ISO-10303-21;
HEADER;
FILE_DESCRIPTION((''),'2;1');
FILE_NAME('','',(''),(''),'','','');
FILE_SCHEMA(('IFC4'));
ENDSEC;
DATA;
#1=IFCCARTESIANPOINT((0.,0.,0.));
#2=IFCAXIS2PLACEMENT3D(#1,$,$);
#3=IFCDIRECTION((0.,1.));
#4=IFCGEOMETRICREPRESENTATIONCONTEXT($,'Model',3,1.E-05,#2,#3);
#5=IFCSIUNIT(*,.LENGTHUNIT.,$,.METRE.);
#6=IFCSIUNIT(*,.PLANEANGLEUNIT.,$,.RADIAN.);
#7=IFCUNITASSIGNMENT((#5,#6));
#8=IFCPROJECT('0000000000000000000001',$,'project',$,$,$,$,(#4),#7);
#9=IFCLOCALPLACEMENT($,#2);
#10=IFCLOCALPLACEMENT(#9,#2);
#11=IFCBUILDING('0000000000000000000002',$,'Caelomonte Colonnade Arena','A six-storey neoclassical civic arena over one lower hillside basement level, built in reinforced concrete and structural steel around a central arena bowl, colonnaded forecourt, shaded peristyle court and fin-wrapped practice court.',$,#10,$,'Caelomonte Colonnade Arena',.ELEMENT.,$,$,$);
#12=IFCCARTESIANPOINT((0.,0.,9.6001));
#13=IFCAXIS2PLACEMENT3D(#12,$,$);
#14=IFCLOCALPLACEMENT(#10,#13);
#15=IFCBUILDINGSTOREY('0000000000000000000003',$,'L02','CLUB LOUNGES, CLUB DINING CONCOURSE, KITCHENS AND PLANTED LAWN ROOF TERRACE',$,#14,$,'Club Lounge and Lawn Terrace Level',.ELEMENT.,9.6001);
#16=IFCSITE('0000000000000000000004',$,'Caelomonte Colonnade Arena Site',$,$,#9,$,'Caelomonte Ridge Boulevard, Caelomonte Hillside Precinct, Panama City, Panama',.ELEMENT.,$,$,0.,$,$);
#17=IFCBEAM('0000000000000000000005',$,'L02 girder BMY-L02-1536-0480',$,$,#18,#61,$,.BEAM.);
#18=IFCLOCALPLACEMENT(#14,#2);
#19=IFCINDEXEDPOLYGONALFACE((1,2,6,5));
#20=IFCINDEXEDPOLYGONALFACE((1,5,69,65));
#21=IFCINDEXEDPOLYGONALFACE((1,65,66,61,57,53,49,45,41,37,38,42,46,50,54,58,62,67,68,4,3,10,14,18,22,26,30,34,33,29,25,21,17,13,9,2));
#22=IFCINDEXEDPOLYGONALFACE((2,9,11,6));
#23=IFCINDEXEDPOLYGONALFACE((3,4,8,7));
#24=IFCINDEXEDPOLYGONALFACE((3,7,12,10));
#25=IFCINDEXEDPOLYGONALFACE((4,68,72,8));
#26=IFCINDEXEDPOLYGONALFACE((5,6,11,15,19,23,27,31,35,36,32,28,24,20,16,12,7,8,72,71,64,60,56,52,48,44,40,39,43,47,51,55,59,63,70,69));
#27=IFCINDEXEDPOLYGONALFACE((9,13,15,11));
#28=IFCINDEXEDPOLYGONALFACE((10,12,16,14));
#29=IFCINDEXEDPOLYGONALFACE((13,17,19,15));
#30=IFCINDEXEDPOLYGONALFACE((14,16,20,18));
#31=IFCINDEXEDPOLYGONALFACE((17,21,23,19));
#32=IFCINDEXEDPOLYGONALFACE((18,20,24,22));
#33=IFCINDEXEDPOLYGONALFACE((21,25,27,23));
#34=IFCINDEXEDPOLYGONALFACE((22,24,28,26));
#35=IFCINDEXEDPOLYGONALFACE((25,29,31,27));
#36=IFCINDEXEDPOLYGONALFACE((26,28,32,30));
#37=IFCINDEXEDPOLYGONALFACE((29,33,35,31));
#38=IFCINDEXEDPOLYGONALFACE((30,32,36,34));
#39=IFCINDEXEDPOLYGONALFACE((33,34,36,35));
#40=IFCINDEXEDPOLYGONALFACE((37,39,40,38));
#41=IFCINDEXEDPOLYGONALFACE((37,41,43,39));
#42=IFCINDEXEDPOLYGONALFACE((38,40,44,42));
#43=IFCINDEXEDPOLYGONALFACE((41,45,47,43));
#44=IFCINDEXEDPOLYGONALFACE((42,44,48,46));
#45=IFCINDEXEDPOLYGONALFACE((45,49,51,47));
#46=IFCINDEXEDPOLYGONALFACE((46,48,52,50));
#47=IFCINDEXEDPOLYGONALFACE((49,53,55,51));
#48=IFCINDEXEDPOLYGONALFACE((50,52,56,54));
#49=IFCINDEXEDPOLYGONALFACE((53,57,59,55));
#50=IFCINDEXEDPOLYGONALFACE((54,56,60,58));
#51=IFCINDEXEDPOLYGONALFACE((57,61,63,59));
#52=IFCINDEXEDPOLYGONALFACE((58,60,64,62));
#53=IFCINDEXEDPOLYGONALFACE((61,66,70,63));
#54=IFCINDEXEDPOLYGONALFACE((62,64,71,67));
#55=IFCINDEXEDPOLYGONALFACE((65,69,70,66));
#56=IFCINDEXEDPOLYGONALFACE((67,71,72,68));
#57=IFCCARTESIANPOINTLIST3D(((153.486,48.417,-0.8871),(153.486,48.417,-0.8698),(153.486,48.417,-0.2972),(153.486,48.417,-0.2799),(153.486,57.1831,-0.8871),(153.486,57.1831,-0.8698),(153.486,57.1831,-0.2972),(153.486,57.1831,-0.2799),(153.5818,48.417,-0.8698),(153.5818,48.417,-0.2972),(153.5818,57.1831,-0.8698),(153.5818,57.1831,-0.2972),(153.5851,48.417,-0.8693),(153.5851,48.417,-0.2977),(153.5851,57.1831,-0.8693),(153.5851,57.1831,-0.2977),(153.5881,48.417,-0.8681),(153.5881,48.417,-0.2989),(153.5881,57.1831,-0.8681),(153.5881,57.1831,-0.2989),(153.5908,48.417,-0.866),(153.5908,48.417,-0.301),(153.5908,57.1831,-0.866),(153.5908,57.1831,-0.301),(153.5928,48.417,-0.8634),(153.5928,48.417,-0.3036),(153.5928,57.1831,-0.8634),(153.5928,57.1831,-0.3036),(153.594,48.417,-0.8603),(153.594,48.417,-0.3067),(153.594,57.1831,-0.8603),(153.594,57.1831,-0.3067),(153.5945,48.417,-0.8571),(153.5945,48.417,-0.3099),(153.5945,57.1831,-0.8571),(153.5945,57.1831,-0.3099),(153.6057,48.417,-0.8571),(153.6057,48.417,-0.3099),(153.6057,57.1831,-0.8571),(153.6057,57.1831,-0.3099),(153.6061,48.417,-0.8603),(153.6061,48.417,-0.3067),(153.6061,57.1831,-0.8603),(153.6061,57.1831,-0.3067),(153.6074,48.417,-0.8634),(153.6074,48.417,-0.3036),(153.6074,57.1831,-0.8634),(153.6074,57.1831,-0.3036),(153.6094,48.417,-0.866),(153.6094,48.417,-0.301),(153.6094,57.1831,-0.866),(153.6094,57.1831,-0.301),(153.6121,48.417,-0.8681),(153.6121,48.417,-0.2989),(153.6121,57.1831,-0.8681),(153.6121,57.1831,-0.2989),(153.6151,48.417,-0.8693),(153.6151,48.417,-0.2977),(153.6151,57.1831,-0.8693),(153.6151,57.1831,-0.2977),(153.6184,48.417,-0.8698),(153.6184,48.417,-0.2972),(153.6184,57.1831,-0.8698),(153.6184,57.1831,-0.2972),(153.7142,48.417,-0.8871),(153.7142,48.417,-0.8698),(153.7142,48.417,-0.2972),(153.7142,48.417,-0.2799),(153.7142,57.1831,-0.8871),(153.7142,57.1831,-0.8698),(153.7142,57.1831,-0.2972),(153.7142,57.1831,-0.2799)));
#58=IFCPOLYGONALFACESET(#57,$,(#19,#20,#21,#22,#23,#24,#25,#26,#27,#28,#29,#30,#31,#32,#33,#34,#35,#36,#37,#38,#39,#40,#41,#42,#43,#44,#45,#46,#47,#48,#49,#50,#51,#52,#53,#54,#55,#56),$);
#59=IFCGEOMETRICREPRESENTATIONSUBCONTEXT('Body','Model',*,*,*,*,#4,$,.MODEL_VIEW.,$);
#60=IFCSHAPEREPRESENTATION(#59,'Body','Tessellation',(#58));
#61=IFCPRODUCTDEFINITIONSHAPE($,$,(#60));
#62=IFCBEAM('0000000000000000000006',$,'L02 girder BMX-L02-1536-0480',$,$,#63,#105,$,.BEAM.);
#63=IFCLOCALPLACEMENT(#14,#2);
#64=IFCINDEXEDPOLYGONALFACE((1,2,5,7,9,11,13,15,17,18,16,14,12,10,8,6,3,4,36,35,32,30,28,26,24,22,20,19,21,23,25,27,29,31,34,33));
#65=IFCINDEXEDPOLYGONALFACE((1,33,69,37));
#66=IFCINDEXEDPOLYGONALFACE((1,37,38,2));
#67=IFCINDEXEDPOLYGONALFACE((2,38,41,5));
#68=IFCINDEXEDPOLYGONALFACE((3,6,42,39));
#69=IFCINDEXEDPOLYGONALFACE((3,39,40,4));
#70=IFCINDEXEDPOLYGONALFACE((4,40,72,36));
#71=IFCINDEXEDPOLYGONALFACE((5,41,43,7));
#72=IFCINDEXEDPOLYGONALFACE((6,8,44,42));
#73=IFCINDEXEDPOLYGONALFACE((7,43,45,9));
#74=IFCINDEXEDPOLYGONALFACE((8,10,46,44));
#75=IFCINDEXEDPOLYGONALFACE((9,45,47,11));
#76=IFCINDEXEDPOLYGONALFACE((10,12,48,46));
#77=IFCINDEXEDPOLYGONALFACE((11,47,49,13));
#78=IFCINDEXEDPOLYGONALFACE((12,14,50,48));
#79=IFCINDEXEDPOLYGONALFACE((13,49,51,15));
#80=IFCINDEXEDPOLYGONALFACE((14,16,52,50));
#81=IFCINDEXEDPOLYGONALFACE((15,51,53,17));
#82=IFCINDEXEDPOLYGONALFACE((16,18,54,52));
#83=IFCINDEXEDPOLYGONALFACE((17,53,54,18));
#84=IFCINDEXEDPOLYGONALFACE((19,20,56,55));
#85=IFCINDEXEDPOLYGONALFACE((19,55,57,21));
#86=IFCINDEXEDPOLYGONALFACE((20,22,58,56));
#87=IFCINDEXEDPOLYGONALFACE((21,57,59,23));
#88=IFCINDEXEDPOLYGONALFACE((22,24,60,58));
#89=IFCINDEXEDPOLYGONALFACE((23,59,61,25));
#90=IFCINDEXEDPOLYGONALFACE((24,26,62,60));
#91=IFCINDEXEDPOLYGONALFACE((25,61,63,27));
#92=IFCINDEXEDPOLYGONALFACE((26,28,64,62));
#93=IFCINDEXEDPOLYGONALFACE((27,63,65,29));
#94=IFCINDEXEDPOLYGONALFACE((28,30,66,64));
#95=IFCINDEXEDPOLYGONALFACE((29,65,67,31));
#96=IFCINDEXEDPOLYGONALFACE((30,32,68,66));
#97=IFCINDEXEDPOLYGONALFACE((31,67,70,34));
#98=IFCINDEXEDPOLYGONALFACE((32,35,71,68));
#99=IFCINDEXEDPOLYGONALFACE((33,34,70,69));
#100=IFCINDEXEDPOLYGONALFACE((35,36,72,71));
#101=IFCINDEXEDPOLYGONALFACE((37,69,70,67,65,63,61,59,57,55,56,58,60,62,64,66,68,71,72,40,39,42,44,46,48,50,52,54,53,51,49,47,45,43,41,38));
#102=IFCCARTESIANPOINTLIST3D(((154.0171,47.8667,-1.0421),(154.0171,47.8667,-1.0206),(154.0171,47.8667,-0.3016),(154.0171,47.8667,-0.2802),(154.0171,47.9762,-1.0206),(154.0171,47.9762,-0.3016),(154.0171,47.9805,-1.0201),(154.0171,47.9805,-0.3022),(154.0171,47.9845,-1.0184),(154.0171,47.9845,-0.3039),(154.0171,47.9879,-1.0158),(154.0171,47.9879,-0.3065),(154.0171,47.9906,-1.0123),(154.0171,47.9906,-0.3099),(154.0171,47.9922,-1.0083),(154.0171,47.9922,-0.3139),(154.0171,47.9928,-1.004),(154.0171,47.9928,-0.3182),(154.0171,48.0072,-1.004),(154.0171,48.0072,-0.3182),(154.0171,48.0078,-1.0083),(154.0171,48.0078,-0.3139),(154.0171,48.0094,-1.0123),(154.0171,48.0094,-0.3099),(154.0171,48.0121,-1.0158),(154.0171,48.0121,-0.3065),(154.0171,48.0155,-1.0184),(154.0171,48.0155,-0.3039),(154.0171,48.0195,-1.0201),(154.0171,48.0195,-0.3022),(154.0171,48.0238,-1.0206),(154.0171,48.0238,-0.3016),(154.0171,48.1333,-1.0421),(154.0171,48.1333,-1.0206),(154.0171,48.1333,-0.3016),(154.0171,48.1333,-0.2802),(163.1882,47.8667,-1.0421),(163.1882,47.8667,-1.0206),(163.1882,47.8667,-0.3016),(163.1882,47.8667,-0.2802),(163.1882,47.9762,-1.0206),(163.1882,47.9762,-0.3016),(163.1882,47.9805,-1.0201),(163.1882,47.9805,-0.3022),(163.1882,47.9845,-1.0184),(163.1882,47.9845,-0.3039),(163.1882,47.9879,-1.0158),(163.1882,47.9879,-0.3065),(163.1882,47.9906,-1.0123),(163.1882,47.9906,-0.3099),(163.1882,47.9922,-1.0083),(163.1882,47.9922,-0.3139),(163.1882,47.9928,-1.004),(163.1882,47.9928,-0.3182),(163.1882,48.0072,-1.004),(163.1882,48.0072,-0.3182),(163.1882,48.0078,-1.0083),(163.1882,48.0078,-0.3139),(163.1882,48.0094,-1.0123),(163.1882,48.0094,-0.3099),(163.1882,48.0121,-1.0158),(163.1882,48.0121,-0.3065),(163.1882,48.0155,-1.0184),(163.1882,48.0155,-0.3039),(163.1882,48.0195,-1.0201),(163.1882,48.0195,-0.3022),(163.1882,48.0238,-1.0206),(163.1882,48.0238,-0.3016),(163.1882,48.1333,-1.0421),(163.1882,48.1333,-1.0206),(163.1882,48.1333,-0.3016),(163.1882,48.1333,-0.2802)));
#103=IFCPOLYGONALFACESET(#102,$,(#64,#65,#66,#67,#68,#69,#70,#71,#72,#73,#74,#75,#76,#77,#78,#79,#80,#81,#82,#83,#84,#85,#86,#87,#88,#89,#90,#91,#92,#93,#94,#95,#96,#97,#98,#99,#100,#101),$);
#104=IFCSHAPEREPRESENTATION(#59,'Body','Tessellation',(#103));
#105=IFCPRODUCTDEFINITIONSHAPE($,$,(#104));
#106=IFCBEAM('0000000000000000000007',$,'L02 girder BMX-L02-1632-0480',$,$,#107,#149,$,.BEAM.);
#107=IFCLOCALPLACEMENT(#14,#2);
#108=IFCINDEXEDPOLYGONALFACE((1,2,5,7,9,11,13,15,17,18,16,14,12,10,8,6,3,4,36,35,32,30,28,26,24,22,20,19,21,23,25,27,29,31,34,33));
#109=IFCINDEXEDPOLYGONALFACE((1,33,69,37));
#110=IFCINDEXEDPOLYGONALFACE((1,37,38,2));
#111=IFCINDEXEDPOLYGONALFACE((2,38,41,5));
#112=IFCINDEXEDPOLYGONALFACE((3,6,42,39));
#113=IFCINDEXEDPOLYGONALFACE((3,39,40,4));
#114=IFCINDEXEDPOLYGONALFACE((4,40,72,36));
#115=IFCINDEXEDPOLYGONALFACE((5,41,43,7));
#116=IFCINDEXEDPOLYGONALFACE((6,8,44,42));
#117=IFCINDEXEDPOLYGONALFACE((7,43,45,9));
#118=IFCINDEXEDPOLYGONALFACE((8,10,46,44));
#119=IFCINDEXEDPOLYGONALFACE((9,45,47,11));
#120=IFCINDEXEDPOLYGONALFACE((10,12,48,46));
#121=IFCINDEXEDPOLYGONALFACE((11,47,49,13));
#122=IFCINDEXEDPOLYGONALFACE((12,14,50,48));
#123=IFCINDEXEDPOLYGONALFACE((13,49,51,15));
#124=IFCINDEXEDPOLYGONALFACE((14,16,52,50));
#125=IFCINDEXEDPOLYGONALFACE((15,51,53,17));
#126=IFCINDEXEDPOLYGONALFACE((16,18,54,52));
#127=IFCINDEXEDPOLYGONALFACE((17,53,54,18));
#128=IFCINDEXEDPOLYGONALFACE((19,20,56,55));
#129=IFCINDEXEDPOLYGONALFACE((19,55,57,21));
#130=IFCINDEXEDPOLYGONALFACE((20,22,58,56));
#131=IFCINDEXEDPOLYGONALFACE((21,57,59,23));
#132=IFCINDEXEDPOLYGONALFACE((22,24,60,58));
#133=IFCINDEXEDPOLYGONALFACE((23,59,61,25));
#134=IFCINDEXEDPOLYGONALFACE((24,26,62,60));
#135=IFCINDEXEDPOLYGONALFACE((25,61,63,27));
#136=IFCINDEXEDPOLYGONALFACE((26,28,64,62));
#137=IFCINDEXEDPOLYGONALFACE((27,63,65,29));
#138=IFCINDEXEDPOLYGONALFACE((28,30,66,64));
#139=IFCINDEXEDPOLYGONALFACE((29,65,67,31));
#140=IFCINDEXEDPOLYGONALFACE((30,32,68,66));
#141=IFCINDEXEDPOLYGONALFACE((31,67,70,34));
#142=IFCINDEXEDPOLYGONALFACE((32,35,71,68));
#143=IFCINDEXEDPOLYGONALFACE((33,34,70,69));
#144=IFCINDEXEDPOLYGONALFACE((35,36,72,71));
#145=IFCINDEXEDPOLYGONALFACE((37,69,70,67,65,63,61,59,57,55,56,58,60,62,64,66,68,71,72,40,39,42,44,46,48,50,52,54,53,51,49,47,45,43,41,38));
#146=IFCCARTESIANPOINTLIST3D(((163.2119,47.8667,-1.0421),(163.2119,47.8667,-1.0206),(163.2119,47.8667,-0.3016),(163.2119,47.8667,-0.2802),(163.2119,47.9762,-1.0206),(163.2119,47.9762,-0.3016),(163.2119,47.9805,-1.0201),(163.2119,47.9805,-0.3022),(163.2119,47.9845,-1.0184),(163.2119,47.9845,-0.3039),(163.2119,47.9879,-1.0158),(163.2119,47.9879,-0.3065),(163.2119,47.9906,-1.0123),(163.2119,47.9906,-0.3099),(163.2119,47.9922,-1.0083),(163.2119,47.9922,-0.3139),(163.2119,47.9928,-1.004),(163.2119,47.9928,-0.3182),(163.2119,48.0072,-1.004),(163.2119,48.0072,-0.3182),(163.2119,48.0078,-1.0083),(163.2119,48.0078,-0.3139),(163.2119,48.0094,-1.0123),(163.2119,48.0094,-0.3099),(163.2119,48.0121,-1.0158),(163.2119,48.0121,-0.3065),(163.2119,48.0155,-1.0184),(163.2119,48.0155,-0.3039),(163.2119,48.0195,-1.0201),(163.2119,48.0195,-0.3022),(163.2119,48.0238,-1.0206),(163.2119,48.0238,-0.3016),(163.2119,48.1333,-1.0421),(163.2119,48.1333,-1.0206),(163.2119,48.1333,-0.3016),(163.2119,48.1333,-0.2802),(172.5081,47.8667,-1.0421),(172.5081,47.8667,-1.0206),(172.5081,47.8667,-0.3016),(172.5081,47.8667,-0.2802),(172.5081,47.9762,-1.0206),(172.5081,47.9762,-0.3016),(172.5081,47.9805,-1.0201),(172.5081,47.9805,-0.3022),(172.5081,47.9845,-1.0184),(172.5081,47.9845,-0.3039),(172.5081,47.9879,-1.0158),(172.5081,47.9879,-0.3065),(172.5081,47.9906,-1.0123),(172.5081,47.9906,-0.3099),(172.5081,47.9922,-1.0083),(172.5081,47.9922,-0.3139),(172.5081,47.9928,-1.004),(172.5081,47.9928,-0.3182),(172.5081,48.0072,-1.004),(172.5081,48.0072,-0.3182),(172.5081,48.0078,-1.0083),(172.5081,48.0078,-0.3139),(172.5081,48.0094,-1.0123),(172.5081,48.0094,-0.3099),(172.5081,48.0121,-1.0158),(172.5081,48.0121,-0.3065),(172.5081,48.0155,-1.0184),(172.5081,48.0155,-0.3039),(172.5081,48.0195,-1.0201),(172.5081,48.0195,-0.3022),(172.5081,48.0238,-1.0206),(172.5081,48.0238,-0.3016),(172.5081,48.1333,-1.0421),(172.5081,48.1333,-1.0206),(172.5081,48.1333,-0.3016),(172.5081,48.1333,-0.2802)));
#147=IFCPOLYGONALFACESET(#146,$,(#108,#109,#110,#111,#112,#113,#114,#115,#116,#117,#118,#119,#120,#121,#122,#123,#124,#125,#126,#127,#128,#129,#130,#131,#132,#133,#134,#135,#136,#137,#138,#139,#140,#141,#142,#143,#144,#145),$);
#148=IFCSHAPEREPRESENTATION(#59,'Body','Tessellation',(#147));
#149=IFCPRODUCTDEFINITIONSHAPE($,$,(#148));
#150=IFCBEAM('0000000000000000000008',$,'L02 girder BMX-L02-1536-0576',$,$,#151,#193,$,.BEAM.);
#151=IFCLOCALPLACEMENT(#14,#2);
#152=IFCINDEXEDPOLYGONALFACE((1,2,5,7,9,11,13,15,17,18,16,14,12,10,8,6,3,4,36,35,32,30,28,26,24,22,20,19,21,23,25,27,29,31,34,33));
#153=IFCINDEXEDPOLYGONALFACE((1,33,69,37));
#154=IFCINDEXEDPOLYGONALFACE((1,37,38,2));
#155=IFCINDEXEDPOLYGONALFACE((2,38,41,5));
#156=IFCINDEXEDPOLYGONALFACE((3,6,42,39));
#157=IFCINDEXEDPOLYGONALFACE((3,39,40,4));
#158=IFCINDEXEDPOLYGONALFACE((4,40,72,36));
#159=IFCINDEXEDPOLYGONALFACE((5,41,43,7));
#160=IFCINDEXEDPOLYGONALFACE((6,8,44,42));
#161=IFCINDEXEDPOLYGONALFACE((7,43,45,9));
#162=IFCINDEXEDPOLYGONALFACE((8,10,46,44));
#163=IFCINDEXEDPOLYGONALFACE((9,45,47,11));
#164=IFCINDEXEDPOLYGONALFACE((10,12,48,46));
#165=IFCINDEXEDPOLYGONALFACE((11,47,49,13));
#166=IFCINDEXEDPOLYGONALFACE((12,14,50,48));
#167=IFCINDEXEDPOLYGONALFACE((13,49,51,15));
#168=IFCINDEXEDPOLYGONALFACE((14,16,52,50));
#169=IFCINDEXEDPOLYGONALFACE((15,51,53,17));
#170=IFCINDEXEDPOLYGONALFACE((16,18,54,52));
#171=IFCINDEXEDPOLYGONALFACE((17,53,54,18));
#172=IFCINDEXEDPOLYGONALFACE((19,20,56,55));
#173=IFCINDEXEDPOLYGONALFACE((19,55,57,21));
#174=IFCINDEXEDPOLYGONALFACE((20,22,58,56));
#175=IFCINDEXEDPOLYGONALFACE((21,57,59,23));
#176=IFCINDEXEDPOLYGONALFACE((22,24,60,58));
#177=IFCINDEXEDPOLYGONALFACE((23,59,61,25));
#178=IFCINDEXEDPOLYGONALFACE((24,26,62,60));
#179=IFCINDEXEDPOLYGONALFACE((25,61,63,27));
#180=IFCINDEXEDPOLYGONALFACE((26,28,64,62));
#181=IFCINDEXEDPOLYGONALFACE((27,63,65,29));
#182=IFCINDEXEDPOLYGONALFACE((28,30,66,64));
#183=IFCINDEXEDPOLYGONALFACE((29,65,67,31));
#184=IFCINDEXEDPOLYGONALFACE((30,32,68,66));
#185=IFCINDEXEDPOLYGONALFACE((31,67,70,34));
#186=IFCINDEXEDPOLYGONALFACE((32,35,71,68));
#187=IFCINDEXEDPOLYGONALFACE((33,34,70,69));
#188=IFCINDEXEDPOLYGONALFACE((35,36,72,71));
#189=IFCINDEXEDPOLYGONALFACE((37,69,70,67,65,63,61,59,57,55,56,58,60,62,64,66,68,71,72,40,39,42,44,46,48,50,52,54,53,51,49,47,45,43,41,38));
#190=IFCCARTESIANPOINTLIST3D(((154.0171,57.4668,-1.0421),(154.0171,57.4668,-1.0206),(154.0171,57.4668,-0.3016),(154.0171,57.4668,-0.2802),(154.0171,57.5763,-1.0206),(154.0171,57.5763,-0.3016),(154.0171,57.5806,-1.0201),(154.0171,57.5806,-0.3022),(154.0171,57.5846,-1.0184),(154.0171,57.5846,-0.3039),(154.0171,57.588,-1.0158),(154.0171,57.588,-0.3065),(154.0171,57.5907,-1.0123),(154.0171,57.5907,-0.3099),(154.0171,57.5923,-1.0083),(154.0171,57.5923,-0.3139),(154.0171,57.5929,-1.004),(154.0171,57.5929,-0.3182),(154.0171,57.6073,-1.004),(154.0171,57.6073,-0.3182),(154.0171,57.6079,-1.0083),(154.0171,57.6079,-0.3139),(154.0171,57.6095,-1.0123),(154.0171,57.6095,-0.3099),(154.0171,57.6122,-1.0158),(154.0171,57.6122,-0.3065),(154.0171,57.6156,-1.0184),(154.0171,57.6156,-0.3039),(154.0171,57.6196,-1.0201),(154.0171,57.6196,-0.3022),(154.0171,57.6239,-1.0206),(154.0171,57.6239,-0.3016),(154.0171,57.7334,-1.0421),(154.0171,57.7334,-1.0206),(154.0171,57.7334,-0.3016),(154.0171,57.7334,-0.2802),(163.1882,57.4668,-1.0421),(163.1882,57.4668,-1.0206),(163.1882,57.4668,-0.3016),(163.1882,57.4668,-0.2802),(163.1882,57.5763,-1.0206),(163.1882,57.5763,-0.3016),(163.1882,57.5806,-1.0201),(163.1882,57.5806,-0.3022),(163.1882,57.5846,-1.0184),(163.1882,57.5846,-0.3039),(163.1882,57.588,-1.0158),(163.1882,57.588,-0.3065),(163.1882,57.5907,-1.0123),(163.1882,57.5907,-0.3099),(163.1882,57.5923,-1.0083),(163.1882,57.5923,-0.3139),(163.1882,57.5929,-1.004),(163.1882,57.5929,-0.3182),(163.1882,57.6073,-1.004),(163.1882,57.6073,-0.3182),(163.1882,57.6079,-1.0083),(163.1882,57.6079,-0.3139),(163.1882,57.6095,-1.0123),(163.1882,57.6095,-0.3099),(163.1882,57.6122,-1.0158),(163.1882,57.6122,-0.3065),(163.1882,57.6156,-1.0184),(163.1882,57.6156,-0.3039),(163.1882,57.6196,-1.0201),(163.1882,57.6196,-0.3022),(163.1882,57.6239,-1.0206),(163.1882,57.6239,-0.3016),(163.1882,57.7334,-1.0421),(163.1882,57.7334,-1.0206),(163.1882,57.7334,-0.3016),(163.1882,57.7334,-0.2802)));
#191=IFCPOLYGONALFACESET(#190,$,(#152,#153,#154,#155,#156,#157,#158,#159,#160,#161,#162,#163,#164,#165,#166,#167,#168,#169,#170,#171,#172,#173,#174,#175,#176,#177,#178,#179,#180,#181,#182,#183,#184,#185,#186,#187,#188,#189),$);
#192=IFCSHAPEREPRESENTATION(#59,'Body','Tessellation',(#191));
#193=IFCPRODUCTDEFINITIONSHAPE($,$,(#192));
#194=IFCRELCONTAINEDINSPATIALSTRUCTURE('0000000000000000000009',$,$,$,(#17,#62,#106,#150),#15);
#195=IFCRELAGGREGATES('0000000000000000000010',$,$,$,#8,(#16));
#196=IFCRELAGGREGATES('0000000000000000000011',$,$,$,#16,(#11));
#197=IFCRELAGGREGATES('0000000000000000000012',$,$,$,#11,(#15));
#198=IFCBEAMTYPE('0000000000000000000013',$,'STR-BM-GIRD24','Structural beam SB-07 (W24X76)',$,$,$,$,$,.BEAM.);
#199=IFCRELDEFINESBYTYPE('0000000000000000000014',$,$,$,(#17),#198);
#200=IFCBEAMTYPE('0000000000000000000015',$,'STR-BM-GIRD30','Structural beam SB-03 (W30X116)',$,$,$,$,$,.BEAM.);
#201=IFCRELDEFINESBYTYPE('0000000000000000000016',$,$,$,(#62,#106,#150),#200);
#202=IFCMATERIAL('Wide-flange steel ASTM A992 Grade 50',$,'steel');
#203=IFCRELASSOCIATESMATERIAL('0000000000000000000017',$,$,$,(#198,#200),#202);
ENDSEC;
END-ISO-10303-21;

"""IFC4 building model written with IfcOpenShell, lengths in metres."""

from ifc_helpers import new_model, si_unit, direction, frame, origin, origin_2d, place, context, subcontext, project, spatial, i_section, extrude, material, material_profile, profile_set, type_object, element, save


model = new_model("IFC4")

# Units and contexts
model_context = context("Model", 3, precision=1e-05, world=origin(), true_north=direction((0.0, 1.0)))
body_context = subcontext(model_context, "Body", "Model", "MODEL_VIEW")
ifc_project = project(units=[si_unit("LENGTHUNIT", "METRE"), si_unit("PLANEANGLEUNIT", "RADIAN")], contexts=[model_context])

# Site, building, storey
site_placement = place(None, origin())
site = spatial("IfcSite", under=ifc_project, at=site_placement, Name="Caelomonte Colonnade Arena Site", LongName="Caelomonte Ridge Boulevard, Caelomonte Hillside Precinct, Panama City, Panama", CompositionType="ELEMENT", RefElevation=0.0)
building_placement = place(site_placement, origin())
building = spatial("IfcBuilding", under=site, at=building_placement, Name="Caelomonte Colonnade Arena", Description="A six-storey neoclassical civic arena over one lower hillside basement level, built in reinforced concrete and structural steel around a central arena bowl, colonnaded forecourt, shaded peristyle court and fin-wrapped practice court.", LongName="Caelomonte Colonnade Arena", CompositionType="ELEMENT")
storey_placement = place(building_placement, frame((0.0, 0.0, 9.6001)))
storey = spatial("IfcBuildingStorey", under=building, at=storey_placement, Name="L02", Description="CLUB LOUNGES, CLUB DINING CONCOURSE, KITCHENS AND PLANTED LAWN ROOF TERRACE", LongName="Club Lounge and Lawn Terrace Level", CompositionType="ELEMENT", Elevation=9.6001)

# Shared definitions
ifc_material_1 = material(Name="Wide-flange steel ASTM A992 Grade 50", Category="steel")

# Beams
ifc_material_profile_1 = material_profile(ifc_material_1, i_section(OverallWidth=0.2283, OverallDepth=0.6072, WebThickness=0.0112, FlangeThickness=0.0173, FilletRadius=0.0127, at=origin_2d()), Name="W24X76")
ifc_profile_set_1 = profile_set([ifc_material_profile_1], Name="Wide-flange steel ASTM A992 Grade 50")
beam_type_1 = type_object("IfcBeamType", Name="STR-BM-GIRD24", Description="Structural beam SB-07 (W24X76)", PredefinedType="BEAM", material=ifc_profile_set_1)
beam_1_placement = place(storey_placement, frame((153.6001, 48.417, -0.5835), z_axis=(0.0, 1.0, 0.0), x_axis=(-1.0, 0.0, 0.0)))
element("IfcBeam", 1, at=beam_1_placement, inside=storey, type_object=beam_type_1, Name="L02 girder BMY-L02-1536-0480", PredefinedType="BEAM", context=body_context, shape_type="SweptSolid", body=[
    extrude(i_section(OverallWidth=0.2283, OverallDepth=0.6072, WebThickness=0.0112, FlangeThickness=0.0173, FilletRadius=0.0127, at=origin_2d()), origin(), (0.0, 0.0, 1.0), 8.7661),
])
ifc_material_profile_2 = material_profile(ifc_material_1, i_section(OverallWidth=0.2666, OverallDepth=0.762, WebThickness=0.0144, FlangeThickness=0.0215, FilletRadius=0.0166, at=origin_2d()), Name="W30X116")
ifc_profile_set_2 = profile_set([ifc_material_profile_2], Name="Wide-flange steel ASTM A992 Grade 50")
beam_type_2 = type_object("IfcBeamType", Name="STR-BM-GIRD30", Description="Structural beam SB-03 (W30X116)", PredefinedType="BEAM", material=ifc_profile_set_2)
beam_2_placement = place(storey_placement, frame((154.0171, 48.0, -0.6611), z_axis=(1.0, 0.0, 0.0), x_axis=(0.0, 1.0, 0.0)))
element("IfcBeam", 2, at=beam_2_placement, inside=storey, type_object=beam_type_2, Name="L02 girder BMX-L02-1536-0480", PredefinedType="BEAM", context=body_context, shape_type="SweptSolid", body=[
    extrude(i_section(OverallWidth=0.2666, OverallDepth=0.762, WebThickness=0.0144, FlangeThickness=0.0215, FilletRadius=0.0166, at=origin_2d()), origin(), (0.0, 0.0, 1.0), 9.1711),
])
beam_3_placement = place(storey_placement, frame((163.2119, 48.0, -0.6611), z_axis=(1.0, 0.0, 0.0), x_axis=(0.0, 1.0, 0.0)))
element("IfcBeam", 3, at=beam_3_placement, inside=storey, type_object=beam_type_2, Name="L02 girder BMX-L02-1632-0480", PredefinedType="BEAM", context=body_context, shape_type="SweptSolid", body=[
    extrude(i_section(OverallWidth=0.2666, OverallDepth=0.762, WebThickness=0.0144, FlangeThickness=0.0215, FilletRadius=0.0166, at=origin_2d()), origin(), (0.0, 0.0, 1.0), 9.2961),
])
beam_4_placement = place(storey_placement, frame((154.0171, 57.6001, -0.6611), z_axis=(1.0, 0.0, 0.0), x_axis=(0.0, 1.0, 0.0)))
element("IfcBeam", 4, at=beam_4_placement, inside=storey, type_object=beam_type_2, Name="L02 girder BMX-L02-1536-0576", PredefinedType="BEAM", context=body_context, shape_type="SweptSolid", body=[
    extrude(i_section(OverallWidth=0.2666, OverallDepth=0.762, WebThickness=0.0144, FlangeThickness=0.0215, FilletRadius=0.0166, at=origin_2d()), origin(), (0.0, 0.0, 1.0), 9.1711),
])

save(model, "model.ifc")
